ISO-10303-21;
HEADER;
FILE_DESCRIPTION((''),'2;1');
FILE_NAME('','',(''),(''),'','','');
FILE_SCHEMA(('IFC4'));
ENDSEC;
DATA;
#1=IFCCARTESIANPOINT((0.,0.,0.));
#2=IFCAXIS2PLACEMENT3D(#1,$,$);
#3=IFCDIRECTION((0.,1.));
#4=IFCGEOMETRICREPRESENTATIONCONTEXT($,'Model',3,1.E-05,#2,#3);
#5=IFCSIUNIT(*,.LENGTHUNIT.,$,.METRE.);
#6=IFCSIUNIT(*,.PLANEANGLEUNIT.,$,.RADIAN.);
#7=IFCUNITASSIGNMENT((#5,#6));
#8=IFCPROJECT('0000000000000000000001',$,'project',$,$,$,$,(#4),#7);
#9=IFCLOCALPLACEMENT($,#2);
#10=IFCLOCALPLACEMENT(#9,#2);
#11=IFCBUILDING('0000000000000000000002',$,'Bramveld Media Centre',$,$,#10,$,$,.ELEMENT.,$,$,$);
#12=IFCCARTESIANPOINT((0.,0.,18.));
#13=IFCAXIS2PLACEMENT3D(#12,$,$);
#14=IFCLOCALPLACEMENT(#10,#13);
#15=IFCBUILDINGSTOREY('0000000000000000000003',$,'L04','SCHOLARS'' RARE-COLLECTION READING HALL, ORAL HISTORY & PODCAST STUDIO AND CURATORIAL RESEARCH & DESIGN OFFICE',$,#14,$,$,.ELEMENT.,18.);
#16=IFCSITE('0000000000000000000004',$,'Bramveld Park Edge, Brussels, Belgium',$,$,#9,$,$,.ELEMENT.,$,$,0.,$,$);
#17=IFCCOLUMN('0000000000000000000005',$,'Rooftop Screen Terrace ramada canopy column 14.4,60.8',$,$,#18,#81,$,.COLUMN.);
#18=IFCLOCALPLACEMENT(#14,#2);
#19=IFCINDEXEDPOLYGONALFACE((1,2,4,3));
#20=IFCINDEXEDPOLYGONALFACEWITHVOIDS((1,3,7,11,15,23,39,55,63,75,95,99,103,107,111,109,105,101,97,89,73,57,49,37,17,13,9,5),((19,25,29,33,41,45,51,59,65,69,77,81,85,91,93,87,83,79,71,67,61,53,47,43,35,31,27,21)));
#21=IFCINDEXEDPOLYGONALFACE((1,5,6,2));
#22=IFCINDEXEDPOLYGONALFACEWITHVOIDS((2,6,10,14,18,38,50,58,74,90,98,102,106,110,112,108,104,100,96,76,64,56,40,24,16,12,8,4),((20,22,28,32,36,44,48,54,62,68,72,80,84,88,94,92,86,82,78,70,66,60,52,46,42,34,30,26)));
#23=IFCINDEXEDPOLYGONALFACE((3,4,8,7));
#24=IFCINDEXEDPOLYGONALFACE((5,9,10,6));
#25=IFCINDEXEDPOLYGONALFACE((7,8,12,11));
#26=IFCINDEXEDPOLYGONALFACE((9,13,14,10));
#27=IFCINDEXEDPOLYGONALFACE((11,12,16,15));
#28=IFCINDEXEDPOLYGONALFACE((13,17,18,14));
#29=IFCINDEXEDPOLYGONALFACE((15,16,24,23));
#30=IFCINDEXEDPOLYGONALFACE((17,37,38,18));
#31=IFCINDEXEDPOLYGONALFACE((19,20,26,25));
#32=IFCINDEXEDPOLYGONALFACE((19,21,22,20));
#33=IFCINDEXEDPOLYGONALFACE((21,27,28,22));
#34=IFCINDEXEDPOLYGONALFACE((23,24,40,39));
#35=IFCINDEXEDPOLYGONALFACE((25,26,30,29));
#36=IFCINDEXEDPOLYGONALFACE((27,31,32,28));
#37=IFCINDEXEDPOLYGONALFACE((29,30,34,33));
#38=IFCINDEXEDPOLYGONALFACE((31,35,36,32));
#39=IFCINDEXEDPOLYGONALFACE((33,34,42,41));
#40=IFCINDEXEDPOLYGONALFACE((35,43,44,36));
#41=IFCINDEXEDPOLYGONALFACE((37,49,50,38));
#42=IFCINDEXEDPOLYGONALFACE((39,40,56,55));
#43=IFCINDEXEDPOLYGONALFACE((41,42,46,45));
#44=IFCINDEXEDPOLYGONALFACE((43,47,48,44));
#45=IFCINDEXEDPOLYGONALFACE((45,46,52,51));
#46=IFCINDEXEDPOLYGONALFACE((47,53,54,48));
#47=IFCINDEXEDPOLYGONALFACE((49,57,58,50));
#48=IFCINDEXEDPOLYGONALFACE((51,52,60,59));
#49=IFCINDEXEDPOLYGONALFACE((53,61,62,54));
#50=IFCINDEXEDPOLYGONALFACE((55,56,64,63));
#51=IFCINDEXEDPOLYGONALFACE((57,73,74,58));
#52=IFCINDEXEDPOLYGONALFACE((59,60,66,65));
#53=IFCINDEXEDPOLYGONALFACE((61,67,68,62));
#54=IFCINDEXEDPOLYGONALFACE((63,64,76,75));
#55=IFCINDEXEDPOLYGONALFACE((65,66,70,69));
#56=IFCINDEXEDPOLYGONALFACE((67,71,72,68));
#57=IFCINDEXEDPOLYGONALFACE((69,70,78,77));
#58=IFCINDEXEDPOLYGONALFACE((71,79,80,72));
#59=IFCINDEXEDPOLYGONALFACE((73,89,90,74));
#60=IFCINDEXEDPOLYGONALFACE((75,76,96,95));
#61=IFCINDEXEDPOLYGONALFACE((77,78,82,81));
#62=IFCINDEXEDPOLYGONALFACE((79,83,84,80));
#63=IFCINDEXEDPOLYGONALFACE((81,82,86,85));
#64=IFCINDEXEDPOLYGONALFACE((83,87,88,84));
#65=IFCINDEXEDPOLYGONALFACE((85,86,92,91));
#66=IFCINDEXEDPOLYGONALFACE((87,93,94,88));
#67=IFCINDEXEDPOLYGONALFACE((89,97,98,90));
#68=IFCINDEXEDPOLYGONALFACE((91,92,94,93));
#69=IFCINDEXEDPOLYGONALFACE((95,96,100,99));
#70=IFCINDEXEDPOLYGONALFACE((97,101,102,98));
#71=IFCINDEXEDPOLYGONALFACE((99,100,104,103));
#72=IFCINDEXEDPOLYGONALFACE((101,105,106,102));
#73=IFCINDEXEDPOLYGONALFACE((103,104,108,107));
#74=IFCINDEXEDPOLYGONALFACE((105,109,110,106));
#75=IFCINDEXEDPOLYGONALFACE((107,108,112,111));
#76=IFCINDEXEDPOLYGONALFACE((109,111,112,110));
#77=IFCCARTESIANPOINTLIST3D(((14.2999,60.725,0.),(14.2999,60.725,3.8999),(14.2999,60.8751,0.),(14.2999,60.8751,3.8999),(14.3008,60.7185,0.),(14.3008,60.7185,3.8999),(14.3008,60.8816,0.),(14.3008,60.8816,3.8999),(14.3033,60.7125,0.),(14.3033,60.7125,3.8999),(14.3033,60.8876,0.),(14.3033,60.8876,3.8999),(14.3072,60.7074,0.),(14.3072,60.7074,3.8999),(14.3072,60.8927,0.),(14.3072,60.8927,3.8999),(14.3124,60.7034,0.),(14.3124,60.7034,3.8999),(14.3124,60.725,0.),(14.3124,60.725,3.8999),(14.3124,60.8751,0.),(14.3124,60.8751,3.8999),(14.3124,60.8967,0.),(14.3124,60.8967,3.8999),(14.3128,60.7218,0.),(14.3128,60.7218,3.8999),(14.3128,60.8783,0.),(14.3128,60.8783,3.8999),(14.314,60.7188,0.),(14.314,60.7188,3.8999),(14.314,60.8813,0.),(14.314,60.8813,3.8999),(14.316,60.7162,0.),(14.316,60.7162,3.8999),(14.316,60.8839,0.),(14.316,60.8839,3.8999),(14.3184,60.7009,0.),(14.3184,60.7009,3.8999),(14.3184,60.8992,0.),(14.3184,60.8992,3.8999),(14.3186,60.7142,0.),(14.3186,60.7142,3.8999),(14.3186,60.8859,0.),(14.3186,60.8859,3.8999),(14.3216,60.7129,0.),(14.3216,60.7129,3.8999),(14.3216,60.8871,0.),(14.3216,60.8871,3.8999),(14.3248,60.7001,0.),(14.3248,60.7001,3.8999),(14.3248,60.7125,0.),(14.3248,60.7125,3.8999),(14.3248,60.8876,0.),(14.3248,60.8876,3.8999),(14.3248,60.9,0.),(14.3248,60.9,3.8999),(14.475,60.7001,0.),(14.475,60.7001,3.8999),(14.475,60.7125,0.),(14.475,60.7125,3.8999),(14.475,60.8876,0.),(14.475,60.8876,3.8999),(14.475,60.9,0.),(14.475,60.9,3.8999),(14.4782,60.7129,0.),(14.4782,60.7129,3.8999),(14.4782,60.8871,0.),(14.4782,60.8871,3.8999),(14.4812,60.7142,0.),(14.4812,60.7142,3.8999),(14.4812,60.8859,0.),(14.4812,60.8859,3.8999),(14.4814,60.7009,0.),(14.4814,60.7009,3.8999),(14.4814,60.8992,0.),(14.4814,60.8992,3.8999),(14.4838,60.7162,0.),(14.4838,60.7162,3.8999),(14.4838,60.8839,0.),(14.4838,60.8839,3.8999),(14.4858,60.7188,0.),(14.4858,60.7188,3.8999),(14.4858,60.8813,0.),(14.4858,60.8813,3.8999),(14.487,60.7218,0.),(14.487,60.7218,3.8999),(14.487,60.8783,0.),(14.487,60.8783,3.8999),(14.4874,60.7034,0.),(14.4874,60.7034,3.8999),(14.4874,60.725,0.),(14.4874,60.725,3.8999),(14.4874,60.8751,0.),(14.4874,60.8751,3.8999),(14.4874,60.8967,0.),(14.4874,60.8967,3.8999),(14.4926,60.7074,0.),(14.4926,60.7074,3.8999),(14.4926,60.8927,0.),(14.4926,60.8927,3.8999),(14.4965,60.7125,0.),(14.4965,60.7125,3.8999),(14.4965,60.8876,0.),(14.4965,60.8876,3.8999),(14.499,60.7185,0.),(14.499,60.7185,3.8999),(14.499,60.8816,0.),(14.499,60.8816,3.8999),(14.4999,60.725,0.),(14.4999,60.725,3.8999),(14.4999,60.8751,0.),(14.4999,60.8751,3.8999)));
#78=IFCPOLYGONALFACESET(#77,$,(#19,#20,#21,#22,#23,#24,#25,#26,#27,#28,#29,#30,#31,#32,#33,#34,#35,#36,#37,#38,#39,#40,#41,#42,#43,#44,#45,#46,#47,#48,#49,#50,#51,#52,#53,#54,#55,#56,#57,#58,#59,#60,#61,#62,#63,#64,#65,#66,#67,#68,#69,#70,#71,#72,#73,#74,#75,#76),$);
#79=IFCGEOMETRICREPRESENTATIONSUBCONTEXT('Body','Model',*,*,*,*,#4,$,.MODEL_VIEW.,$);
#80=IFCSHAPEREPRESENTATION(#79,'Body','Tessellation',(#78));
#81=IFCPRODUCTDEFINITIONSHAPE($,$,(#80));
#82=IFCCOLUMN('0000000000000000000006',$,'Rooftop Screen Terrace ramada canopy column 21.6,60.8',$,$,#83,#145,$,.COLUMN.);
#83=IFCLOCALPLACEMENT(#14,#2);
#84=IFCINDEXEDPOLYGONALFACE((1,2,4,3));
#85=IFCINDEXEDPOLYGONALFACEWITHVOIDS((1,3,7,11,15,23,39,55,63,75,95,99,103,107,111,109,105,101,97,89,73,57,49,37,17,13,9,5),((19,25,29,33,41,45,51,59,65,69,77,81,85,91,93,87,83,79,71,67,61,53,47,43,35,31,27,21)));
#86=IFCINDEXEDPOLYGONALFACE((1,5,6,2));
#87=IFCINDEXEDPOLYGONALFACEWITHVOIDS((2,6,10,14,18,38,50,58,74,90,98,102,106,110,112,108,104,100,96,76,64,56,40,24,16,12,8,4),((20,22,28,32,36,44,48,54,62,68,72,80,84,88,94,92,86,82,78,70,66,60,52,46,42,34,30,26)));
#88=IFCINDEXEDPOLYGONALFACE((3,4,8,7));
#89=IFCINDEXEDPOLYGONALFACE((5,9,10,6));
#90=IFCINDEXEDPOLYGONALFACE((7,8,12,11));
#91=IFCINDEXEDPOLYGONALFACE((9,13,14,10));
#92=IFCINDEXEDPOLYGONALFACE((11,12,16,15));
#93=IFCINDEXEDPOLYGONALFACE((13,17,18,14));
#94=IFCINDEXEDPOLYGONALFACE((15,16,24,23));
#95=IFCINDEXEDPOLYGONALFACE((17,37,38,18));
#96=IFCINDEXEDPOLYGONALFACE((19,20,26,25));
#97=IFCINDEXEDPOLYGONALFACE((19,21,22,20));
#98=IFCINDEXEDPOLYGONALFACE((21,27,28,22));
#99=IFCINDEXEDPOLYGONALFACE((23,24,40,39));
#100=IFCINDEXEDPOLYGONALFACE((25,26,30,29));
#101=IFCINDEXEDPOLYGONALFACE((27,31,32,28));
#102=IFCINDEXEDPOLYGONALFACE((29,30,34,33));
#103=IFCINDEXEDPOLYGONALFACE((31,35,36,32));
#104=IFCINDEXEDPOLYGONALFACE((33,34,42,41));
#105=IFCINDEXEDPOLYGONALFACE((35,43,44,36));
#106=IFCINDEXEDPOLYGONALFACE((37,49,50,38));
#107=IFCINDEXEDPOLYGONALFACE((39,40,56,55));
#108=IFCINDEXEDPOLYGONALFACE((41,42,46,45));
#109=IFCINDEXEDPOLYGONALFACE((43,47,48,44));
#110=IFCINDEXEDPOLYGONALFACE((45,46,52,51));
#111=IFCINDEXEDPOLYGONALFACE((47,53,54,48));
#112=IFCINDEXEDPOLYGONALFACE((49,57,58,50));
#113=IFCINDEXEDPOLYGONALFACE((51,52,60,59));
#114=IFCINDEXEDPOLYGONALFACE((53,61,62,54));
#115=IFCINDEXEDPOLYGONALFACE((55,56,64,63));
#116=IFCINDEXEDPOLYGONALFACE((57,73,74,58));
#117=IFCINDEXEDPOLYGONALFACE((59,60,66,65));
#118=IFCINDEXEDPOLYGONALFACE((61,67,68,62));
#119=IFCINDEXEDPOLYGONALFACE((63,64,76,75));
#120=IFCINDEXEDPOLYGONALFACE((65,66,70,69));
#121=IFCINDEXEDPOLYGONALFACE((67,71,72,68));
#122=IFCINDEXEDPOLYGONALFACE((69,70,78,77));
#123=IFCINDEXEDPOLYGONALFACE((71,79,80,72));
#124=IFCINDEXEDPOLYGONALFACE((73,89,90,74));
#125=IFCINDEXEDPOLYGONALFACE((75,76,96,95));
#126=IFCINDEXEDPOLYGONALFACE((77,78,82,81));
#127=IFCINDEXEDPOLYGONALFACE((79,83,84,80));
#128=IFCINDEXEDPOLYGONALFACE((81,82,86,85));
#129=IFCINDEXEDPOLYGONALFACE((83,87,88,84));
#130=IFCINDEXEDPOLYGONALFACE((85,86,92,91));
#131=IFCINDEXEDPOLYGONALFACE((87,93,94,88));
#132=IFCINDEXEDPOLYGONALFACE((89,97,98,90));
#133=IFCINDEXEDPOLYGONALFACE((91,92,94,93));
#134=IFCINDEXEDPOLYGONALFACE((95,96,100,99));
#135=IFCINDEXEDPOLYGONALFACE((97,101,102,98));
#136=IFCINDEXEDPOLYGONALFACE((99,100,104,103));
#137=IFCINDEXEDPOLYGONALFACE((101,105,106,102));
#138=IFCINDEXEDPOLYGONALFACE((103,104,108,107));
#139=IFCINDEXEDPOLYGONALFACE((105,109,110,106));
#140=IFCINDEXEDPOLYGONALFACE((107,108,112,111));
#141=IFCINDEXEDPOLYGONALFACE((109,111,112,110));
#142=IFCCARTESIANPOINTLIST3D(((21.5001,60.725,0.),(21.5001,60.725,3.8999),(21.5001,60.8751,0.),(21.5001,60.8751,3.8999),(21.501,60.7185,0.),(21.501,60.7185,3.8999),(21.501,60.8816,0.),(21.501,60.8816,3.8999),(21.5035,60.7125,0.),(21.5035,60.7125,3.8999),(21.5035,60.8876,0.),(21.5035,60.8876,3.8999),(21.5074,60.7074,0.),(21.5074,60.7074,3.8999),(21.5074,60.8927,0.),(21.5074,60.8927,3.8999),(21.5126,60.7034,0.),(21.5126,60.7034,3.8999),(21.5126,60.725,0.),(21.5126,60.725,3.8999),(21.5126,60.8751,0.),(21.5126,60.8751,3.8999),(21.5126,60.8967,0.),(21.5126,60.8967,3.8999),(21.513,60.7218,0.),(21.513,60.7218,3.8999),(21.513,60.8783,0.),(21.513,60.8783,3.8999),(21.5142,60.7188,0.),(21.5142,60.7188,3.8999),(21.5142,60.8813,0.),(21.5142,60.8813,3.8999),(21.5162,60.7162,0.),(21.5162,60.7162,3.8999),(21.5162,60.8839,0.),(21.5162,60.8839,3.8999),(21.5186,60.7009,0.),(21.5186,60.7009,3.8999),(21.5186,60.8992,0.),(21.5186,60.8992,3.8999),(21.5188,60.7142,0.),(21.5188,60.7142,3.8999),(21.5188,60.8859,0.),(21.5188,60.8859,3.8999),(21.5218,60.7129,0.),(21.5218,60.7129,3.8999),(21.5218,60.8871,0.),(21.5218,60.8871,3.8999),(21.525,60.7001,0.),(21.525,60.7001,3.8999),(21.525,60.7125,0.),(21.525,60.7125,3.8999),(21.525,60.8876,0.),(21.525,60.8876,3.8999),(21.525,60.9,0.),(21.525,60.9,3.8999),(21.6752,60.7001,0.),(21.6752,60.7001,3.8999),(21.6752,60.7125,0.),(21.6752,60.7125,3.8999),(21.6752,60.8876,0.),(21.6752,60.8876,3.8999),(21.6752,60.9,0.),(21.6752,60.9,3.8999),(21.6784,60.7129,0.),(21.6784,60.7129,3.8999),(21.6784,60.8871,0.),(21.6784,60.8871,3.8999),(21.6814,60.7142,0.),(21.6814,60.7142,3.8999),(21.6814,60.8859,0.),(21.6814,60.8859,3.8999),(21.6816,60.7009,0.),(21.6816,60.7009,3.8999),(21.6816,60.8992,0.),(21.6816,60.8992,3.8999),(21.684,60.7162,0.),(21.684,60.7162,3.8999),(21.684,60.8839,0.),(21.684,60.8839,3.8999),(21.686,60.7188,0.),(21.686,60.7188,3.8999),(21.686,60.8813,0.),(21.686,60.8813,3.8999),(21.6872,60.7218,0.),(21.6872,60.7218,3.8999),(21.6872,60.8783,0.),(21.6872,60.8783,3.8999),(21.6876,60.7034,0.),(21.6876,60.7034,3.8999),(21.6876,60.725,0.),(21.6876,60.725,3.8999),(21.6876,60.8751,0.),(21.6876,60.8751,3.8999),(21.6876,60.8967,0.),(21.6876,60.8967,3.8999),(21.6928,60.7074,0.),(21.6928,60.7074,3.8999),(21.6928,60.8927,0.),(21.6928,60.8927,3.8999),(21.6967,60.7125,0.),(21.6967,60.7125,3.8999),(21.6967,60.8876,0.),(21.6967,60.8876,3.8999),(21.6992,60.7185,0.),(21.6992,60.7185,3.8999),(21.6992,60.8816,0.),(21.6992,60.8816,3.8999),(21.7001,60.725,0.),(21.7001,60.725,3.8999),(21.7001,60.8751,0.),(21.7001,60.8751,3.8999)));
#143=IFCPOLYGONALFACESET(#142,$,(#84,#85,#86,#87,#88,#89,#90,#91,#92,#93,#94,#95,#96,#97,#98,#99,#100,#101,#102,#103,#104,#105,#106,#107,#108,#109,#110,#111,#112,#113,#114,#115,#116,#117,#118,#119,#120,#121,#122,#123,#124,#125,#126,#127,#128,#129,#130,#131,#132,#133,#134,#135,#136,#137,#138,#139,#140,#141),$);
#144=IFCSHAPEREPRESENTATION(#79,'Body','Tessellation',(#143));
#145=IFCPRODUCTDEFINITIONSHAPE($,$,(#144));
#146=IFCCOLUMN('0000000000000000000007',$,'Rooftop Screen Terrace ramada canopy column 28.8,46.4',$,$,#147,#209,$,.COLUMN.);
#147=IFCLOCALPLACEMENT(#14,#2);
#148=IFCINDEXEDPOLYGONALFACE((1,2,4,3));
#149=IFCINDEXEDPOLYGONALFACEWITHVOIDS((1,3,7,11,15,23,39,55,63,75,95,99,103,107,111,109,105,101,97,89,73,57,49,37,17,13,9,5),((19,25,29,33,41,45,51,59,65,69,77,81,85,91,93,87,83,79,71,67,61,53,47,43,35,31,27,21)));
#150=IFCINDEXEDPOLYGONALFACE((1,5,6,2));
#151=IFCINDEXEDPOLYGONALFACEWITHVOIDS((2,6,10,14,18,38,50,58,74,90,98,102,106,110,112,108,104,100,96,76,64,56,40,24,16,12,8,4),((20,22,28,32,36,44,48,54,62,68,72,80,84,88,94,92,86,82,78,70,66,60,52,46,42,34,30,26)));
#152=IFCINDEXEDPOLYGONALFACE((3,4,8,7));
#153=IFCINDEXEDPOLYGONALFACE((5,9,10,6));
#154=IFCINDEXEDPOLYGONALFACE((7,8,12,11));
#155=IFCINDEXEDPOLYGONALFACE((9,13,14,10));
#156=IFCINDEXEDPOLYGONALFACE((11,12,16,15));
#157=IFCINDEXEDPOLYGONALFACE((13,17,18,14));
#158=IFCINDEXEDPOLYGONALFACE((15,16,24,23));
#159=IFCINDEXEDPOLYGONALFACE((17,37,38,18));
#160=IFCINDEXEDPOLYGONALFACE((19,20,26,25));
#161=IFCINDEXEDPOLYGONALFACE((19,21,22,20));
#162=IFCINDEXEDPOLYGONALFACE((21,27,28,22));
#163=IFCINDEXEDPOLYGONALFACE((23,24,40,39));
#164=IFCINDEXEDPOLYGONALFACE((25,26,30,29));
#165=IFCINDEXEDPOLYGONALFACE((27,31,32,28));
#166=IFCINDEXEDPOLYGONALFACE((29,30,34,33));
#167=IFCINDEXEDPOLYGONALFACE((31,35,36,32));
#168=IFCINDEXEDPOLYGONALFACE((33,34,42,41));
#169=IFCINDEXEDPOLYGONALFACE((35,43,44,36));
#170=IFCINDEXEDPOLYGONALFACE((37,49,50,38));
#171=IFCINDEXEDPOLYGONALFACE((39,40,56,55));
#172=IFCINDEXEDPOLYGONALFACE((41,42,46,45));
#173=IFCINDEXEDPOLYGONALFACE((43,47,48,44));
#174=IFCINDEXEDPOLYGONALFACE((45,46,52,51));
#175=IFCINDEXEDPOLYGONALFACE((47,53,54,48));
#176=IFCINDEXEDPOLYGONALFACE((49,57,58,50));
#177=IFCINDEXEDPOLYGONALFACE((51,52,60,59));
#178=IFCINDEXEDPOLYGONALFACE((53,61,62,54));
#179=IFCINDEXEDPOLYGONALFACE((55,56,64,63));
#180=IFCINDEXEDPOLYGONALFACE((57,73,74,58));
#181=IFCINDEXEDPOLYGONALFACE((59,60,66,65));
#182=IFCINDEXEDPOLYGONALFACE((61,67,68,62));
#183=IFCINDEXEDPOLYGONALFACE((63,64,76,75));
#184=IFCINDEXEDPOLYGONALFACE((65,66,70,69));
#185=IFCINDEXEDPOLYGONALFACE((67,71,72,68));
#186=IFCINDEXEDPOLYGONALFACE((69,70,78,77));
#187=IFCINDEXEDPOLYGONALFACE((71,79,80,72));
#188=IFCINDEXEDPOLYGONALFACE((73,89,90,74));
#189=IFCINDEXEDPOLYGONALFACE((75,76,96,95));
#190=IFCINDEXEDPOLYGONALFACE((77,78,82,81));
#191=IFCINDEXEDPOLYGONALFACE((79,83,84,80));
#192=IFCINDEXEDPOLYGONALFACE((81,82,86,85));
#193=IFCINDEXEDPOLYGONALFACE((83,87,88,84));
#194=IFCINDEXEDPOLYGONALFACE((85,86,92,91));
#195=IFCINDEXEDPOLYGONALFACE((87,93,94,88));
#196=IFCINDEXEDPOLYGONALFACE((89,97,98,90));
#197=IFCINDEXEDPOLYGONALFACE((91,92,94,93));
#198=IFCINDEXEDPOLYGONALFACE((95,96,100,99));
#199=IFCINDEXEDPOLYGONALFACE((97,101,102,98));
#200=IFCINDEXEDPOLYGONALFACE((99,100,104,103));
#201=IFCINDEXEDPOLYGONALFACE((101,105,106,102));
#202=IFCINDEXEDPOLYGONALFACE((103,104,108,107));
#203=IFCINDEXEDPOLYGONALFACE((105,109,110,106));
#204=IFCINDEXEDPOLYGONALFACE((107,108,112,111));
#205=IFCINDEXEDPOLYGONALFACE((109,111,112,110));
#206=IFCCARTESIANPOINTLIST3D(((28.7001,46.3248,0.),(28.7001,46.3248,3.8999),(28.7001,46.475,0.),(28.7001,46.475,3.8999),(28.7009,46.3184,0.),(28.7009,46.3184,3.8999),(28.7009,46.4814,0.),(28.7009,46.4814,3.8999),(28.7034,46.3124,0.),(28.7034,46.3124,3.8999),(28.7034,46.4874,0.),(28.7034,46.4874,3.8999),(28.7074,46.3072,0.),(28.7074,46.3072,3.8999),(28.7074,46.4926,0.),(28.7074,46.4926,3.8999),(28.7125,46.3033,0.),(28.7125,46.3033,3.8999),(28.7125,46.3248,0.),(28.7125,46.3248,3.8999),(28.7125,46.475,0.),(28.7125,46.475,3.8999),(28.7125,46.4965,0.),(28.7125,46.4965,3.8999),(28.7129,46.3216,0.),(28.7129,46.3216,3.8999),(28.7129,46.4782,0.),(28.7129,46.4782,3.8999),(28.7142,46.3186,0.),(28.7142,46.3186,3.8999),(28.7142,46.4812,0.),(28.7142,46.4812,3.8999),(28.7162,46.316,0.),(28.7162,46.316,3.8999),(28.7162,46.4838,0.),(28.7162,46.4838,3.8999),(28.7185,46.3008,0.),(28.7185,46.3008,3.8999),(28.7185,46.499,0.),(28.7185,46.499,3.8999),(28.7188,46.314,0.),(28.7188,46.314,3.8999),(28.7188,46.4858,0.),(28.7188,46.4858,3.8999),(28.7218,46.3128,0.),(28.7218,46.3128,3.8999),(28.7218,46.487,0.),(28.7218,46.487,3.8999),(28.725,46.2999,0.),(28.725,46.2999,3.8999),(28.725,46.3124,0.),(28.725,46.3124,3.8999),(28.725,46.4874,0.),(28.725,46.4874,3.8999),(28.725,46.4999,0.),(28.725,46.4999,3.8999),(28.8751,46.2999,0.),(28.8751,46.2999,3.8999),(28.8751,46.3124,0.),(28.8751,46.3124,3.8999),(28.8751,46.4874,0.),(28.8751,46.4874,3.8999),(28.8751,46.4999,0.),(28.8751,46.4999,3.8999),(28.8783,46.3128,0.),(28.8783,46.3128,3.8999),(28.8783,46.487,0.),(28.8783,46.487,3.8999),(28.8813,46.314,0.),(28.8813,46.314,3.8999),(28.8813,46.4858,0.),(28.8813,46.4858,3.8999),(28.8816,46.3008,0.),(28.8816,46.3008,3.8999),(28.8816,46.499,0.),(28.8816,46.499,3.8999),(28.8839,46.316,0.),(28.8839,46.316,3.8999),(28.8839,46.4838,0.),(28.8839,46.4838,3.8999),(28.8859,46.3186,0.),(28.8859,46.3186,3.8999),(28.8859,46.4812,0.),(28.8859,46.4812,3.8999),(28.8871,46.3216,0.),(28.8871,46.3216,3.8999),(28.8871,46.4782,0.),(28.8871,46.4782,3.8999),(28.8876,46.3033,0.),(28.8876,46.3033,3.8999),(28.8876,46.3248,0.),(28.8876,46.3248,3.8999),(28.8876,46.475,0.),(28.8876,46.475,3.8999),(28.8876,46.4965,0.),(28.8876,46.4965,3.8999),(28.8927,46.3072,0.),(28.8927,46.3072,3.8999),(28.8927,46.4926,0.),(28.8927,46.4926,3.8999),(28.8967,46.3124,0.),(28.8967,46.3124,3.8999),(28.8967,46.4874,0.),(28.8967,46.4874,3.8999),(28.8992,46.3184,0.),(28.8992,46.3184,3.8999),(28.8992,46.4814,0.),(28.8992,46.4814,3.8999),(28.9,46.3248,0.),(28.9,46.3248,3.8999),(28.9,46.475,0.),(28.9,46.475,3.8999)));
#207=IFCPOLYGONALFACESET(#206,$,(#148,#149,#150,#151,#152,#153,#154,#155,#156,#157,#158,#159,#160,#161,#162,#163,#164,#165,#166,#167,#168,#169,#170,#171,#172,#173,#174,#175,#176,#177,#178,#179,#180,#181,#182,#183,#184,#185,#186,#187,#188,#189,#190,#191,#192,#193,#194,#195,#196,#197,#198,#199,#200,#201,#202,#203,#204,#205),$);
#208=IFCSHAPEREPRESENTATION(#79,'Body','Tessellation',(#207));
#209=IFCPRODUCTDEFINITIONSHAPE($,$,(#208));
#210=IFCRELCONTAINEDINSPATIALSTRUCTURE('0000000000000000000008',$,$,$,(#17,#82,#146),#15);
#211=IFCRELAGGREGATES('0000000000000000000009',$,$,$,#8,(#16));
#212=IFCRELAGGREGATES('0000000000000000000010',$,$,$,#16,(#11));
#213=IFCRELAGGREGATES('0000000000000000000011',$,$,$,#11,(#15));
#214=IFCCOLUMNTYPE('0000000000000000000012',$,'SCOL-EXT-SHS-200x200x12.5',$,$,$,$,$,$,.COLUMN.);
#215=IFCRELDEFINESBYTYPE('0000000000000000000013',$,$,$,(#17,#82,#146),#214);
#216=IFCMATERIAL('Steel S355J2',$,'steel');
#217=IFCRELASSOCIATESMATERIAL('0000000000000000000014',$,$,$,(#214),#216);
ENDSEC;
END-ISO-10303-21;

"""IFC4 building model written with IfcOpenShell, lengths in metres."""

from ifc_helpers import new_model, si_unit, direction, frame, origin, origin_2d, place, context, subcontext, project, spatial, hollow_rectangle, extrude, material, material_profile, profile_set, type_object, element, save


model = new_model("IFC4")

# Units and contexts
model_context = context("Model", 3, precision=1e-05, world=origin(), true_north=direction((0.0, 1.0)))
body_context = subcontext(model_context, "Body", "Model", "MODEL_VIEW")
ifc_project = project(units=[si_unit("LENGTHUNIT", "METRE"), si_unit("PLANEANGLEUNIT", "RADIAN")], contexts=[model_context])

# Site, building, storey
site_placement = place(None, origin())
site = spatial("IfcSite", under=ifc_project, at=site_placement, Name="Bramveld Park Edge, Brussels, Belgium", CompositionType="ELEMENT", RefElevation=0.0)
building_placement = place(site_placement, origin())
building = spatial("IfcBuilding", under=site, at=building_placement, Name="Bramveld Media Centre", CompositionType="ELEMENT")
storey_placement = place(building_placement, frame((0.0, 0.0, 18.0)))
storey = spatial("IfcBuildingStorey", under=building, at=storey_placement, Name="L04", Description="SCHOLARS' RARE-COLLECTION READING HALL, ORAL HISTORY & PODCAST STUDIO AND CURATORIAL RESEARCH & DESIGN OFFICE", CompositionType="ELEMENT", Elevation=18.0)

# Columns
ifc_material_1 = material(Name="Steel S355J2", Category="steel")
ifc_material_profile_1 = material_profile(ifc_material_1, hollow_rectangle(XDim=0.2, YDim=0.2, WallThickness=0.0125, InnerFilletRadius=0.0125, OuterFilletRadius=0.0249, at=origin_2d()), Name="SHS 200x200x12.5")
ifc_profile_set_1 = profile_set([ifc_material_profile_1], Name="Steel S355J2")
column_type_1 = type_object("IfcColumnType", Name="SCOL-EXT-SHS-200x200x12.5", PredefinedType="COLUMN", material=ifc_profile_set_1)
for number, where, z_axis, x_axis, name in (
    (1, (14.3999, 60.8, 0.0), (0.0, 0.0, 1.0), (1.0, 0.0, 0.0), "Rooftop Screen Terrace ramada canopy column 14.4,60.8"),
    (2, (21.6001, 60.8, 0.0), (0.0, 0.0, 1.0), (1.0, 0.0, 0.0), "Rooftop Screen Terrace ramada canopy column 21.6,60.8"),
    (3, (28.8, 46.3999, 0.0), (0.0, 0.0, 1.0), (1.0, 0.0, 0.0), "Rooftop Screen Terrace ramada canopy column 28.8,46.4"),
):
    element("IfcColumn", number, at=place(storey_placement, frame(where, z_axis=z_axis, x_axis=x_axis)), inside=storey, type_object=column_type_1, Name=name, PredefinedType="COLUMN", context=body_context, shape_type="SweptSolid", body=[
        extrude(hollow_rectangle(XDim=0.2, YDim=0.2, WallThickness=0.0125, InnerFilletRadius=0.0125, OuterFilletRadius=0.0249, at=origin_2d()), origin(), (0.0, 0.0, 1.0), 3.8999),
    ])

save(model, "model.ifc")
